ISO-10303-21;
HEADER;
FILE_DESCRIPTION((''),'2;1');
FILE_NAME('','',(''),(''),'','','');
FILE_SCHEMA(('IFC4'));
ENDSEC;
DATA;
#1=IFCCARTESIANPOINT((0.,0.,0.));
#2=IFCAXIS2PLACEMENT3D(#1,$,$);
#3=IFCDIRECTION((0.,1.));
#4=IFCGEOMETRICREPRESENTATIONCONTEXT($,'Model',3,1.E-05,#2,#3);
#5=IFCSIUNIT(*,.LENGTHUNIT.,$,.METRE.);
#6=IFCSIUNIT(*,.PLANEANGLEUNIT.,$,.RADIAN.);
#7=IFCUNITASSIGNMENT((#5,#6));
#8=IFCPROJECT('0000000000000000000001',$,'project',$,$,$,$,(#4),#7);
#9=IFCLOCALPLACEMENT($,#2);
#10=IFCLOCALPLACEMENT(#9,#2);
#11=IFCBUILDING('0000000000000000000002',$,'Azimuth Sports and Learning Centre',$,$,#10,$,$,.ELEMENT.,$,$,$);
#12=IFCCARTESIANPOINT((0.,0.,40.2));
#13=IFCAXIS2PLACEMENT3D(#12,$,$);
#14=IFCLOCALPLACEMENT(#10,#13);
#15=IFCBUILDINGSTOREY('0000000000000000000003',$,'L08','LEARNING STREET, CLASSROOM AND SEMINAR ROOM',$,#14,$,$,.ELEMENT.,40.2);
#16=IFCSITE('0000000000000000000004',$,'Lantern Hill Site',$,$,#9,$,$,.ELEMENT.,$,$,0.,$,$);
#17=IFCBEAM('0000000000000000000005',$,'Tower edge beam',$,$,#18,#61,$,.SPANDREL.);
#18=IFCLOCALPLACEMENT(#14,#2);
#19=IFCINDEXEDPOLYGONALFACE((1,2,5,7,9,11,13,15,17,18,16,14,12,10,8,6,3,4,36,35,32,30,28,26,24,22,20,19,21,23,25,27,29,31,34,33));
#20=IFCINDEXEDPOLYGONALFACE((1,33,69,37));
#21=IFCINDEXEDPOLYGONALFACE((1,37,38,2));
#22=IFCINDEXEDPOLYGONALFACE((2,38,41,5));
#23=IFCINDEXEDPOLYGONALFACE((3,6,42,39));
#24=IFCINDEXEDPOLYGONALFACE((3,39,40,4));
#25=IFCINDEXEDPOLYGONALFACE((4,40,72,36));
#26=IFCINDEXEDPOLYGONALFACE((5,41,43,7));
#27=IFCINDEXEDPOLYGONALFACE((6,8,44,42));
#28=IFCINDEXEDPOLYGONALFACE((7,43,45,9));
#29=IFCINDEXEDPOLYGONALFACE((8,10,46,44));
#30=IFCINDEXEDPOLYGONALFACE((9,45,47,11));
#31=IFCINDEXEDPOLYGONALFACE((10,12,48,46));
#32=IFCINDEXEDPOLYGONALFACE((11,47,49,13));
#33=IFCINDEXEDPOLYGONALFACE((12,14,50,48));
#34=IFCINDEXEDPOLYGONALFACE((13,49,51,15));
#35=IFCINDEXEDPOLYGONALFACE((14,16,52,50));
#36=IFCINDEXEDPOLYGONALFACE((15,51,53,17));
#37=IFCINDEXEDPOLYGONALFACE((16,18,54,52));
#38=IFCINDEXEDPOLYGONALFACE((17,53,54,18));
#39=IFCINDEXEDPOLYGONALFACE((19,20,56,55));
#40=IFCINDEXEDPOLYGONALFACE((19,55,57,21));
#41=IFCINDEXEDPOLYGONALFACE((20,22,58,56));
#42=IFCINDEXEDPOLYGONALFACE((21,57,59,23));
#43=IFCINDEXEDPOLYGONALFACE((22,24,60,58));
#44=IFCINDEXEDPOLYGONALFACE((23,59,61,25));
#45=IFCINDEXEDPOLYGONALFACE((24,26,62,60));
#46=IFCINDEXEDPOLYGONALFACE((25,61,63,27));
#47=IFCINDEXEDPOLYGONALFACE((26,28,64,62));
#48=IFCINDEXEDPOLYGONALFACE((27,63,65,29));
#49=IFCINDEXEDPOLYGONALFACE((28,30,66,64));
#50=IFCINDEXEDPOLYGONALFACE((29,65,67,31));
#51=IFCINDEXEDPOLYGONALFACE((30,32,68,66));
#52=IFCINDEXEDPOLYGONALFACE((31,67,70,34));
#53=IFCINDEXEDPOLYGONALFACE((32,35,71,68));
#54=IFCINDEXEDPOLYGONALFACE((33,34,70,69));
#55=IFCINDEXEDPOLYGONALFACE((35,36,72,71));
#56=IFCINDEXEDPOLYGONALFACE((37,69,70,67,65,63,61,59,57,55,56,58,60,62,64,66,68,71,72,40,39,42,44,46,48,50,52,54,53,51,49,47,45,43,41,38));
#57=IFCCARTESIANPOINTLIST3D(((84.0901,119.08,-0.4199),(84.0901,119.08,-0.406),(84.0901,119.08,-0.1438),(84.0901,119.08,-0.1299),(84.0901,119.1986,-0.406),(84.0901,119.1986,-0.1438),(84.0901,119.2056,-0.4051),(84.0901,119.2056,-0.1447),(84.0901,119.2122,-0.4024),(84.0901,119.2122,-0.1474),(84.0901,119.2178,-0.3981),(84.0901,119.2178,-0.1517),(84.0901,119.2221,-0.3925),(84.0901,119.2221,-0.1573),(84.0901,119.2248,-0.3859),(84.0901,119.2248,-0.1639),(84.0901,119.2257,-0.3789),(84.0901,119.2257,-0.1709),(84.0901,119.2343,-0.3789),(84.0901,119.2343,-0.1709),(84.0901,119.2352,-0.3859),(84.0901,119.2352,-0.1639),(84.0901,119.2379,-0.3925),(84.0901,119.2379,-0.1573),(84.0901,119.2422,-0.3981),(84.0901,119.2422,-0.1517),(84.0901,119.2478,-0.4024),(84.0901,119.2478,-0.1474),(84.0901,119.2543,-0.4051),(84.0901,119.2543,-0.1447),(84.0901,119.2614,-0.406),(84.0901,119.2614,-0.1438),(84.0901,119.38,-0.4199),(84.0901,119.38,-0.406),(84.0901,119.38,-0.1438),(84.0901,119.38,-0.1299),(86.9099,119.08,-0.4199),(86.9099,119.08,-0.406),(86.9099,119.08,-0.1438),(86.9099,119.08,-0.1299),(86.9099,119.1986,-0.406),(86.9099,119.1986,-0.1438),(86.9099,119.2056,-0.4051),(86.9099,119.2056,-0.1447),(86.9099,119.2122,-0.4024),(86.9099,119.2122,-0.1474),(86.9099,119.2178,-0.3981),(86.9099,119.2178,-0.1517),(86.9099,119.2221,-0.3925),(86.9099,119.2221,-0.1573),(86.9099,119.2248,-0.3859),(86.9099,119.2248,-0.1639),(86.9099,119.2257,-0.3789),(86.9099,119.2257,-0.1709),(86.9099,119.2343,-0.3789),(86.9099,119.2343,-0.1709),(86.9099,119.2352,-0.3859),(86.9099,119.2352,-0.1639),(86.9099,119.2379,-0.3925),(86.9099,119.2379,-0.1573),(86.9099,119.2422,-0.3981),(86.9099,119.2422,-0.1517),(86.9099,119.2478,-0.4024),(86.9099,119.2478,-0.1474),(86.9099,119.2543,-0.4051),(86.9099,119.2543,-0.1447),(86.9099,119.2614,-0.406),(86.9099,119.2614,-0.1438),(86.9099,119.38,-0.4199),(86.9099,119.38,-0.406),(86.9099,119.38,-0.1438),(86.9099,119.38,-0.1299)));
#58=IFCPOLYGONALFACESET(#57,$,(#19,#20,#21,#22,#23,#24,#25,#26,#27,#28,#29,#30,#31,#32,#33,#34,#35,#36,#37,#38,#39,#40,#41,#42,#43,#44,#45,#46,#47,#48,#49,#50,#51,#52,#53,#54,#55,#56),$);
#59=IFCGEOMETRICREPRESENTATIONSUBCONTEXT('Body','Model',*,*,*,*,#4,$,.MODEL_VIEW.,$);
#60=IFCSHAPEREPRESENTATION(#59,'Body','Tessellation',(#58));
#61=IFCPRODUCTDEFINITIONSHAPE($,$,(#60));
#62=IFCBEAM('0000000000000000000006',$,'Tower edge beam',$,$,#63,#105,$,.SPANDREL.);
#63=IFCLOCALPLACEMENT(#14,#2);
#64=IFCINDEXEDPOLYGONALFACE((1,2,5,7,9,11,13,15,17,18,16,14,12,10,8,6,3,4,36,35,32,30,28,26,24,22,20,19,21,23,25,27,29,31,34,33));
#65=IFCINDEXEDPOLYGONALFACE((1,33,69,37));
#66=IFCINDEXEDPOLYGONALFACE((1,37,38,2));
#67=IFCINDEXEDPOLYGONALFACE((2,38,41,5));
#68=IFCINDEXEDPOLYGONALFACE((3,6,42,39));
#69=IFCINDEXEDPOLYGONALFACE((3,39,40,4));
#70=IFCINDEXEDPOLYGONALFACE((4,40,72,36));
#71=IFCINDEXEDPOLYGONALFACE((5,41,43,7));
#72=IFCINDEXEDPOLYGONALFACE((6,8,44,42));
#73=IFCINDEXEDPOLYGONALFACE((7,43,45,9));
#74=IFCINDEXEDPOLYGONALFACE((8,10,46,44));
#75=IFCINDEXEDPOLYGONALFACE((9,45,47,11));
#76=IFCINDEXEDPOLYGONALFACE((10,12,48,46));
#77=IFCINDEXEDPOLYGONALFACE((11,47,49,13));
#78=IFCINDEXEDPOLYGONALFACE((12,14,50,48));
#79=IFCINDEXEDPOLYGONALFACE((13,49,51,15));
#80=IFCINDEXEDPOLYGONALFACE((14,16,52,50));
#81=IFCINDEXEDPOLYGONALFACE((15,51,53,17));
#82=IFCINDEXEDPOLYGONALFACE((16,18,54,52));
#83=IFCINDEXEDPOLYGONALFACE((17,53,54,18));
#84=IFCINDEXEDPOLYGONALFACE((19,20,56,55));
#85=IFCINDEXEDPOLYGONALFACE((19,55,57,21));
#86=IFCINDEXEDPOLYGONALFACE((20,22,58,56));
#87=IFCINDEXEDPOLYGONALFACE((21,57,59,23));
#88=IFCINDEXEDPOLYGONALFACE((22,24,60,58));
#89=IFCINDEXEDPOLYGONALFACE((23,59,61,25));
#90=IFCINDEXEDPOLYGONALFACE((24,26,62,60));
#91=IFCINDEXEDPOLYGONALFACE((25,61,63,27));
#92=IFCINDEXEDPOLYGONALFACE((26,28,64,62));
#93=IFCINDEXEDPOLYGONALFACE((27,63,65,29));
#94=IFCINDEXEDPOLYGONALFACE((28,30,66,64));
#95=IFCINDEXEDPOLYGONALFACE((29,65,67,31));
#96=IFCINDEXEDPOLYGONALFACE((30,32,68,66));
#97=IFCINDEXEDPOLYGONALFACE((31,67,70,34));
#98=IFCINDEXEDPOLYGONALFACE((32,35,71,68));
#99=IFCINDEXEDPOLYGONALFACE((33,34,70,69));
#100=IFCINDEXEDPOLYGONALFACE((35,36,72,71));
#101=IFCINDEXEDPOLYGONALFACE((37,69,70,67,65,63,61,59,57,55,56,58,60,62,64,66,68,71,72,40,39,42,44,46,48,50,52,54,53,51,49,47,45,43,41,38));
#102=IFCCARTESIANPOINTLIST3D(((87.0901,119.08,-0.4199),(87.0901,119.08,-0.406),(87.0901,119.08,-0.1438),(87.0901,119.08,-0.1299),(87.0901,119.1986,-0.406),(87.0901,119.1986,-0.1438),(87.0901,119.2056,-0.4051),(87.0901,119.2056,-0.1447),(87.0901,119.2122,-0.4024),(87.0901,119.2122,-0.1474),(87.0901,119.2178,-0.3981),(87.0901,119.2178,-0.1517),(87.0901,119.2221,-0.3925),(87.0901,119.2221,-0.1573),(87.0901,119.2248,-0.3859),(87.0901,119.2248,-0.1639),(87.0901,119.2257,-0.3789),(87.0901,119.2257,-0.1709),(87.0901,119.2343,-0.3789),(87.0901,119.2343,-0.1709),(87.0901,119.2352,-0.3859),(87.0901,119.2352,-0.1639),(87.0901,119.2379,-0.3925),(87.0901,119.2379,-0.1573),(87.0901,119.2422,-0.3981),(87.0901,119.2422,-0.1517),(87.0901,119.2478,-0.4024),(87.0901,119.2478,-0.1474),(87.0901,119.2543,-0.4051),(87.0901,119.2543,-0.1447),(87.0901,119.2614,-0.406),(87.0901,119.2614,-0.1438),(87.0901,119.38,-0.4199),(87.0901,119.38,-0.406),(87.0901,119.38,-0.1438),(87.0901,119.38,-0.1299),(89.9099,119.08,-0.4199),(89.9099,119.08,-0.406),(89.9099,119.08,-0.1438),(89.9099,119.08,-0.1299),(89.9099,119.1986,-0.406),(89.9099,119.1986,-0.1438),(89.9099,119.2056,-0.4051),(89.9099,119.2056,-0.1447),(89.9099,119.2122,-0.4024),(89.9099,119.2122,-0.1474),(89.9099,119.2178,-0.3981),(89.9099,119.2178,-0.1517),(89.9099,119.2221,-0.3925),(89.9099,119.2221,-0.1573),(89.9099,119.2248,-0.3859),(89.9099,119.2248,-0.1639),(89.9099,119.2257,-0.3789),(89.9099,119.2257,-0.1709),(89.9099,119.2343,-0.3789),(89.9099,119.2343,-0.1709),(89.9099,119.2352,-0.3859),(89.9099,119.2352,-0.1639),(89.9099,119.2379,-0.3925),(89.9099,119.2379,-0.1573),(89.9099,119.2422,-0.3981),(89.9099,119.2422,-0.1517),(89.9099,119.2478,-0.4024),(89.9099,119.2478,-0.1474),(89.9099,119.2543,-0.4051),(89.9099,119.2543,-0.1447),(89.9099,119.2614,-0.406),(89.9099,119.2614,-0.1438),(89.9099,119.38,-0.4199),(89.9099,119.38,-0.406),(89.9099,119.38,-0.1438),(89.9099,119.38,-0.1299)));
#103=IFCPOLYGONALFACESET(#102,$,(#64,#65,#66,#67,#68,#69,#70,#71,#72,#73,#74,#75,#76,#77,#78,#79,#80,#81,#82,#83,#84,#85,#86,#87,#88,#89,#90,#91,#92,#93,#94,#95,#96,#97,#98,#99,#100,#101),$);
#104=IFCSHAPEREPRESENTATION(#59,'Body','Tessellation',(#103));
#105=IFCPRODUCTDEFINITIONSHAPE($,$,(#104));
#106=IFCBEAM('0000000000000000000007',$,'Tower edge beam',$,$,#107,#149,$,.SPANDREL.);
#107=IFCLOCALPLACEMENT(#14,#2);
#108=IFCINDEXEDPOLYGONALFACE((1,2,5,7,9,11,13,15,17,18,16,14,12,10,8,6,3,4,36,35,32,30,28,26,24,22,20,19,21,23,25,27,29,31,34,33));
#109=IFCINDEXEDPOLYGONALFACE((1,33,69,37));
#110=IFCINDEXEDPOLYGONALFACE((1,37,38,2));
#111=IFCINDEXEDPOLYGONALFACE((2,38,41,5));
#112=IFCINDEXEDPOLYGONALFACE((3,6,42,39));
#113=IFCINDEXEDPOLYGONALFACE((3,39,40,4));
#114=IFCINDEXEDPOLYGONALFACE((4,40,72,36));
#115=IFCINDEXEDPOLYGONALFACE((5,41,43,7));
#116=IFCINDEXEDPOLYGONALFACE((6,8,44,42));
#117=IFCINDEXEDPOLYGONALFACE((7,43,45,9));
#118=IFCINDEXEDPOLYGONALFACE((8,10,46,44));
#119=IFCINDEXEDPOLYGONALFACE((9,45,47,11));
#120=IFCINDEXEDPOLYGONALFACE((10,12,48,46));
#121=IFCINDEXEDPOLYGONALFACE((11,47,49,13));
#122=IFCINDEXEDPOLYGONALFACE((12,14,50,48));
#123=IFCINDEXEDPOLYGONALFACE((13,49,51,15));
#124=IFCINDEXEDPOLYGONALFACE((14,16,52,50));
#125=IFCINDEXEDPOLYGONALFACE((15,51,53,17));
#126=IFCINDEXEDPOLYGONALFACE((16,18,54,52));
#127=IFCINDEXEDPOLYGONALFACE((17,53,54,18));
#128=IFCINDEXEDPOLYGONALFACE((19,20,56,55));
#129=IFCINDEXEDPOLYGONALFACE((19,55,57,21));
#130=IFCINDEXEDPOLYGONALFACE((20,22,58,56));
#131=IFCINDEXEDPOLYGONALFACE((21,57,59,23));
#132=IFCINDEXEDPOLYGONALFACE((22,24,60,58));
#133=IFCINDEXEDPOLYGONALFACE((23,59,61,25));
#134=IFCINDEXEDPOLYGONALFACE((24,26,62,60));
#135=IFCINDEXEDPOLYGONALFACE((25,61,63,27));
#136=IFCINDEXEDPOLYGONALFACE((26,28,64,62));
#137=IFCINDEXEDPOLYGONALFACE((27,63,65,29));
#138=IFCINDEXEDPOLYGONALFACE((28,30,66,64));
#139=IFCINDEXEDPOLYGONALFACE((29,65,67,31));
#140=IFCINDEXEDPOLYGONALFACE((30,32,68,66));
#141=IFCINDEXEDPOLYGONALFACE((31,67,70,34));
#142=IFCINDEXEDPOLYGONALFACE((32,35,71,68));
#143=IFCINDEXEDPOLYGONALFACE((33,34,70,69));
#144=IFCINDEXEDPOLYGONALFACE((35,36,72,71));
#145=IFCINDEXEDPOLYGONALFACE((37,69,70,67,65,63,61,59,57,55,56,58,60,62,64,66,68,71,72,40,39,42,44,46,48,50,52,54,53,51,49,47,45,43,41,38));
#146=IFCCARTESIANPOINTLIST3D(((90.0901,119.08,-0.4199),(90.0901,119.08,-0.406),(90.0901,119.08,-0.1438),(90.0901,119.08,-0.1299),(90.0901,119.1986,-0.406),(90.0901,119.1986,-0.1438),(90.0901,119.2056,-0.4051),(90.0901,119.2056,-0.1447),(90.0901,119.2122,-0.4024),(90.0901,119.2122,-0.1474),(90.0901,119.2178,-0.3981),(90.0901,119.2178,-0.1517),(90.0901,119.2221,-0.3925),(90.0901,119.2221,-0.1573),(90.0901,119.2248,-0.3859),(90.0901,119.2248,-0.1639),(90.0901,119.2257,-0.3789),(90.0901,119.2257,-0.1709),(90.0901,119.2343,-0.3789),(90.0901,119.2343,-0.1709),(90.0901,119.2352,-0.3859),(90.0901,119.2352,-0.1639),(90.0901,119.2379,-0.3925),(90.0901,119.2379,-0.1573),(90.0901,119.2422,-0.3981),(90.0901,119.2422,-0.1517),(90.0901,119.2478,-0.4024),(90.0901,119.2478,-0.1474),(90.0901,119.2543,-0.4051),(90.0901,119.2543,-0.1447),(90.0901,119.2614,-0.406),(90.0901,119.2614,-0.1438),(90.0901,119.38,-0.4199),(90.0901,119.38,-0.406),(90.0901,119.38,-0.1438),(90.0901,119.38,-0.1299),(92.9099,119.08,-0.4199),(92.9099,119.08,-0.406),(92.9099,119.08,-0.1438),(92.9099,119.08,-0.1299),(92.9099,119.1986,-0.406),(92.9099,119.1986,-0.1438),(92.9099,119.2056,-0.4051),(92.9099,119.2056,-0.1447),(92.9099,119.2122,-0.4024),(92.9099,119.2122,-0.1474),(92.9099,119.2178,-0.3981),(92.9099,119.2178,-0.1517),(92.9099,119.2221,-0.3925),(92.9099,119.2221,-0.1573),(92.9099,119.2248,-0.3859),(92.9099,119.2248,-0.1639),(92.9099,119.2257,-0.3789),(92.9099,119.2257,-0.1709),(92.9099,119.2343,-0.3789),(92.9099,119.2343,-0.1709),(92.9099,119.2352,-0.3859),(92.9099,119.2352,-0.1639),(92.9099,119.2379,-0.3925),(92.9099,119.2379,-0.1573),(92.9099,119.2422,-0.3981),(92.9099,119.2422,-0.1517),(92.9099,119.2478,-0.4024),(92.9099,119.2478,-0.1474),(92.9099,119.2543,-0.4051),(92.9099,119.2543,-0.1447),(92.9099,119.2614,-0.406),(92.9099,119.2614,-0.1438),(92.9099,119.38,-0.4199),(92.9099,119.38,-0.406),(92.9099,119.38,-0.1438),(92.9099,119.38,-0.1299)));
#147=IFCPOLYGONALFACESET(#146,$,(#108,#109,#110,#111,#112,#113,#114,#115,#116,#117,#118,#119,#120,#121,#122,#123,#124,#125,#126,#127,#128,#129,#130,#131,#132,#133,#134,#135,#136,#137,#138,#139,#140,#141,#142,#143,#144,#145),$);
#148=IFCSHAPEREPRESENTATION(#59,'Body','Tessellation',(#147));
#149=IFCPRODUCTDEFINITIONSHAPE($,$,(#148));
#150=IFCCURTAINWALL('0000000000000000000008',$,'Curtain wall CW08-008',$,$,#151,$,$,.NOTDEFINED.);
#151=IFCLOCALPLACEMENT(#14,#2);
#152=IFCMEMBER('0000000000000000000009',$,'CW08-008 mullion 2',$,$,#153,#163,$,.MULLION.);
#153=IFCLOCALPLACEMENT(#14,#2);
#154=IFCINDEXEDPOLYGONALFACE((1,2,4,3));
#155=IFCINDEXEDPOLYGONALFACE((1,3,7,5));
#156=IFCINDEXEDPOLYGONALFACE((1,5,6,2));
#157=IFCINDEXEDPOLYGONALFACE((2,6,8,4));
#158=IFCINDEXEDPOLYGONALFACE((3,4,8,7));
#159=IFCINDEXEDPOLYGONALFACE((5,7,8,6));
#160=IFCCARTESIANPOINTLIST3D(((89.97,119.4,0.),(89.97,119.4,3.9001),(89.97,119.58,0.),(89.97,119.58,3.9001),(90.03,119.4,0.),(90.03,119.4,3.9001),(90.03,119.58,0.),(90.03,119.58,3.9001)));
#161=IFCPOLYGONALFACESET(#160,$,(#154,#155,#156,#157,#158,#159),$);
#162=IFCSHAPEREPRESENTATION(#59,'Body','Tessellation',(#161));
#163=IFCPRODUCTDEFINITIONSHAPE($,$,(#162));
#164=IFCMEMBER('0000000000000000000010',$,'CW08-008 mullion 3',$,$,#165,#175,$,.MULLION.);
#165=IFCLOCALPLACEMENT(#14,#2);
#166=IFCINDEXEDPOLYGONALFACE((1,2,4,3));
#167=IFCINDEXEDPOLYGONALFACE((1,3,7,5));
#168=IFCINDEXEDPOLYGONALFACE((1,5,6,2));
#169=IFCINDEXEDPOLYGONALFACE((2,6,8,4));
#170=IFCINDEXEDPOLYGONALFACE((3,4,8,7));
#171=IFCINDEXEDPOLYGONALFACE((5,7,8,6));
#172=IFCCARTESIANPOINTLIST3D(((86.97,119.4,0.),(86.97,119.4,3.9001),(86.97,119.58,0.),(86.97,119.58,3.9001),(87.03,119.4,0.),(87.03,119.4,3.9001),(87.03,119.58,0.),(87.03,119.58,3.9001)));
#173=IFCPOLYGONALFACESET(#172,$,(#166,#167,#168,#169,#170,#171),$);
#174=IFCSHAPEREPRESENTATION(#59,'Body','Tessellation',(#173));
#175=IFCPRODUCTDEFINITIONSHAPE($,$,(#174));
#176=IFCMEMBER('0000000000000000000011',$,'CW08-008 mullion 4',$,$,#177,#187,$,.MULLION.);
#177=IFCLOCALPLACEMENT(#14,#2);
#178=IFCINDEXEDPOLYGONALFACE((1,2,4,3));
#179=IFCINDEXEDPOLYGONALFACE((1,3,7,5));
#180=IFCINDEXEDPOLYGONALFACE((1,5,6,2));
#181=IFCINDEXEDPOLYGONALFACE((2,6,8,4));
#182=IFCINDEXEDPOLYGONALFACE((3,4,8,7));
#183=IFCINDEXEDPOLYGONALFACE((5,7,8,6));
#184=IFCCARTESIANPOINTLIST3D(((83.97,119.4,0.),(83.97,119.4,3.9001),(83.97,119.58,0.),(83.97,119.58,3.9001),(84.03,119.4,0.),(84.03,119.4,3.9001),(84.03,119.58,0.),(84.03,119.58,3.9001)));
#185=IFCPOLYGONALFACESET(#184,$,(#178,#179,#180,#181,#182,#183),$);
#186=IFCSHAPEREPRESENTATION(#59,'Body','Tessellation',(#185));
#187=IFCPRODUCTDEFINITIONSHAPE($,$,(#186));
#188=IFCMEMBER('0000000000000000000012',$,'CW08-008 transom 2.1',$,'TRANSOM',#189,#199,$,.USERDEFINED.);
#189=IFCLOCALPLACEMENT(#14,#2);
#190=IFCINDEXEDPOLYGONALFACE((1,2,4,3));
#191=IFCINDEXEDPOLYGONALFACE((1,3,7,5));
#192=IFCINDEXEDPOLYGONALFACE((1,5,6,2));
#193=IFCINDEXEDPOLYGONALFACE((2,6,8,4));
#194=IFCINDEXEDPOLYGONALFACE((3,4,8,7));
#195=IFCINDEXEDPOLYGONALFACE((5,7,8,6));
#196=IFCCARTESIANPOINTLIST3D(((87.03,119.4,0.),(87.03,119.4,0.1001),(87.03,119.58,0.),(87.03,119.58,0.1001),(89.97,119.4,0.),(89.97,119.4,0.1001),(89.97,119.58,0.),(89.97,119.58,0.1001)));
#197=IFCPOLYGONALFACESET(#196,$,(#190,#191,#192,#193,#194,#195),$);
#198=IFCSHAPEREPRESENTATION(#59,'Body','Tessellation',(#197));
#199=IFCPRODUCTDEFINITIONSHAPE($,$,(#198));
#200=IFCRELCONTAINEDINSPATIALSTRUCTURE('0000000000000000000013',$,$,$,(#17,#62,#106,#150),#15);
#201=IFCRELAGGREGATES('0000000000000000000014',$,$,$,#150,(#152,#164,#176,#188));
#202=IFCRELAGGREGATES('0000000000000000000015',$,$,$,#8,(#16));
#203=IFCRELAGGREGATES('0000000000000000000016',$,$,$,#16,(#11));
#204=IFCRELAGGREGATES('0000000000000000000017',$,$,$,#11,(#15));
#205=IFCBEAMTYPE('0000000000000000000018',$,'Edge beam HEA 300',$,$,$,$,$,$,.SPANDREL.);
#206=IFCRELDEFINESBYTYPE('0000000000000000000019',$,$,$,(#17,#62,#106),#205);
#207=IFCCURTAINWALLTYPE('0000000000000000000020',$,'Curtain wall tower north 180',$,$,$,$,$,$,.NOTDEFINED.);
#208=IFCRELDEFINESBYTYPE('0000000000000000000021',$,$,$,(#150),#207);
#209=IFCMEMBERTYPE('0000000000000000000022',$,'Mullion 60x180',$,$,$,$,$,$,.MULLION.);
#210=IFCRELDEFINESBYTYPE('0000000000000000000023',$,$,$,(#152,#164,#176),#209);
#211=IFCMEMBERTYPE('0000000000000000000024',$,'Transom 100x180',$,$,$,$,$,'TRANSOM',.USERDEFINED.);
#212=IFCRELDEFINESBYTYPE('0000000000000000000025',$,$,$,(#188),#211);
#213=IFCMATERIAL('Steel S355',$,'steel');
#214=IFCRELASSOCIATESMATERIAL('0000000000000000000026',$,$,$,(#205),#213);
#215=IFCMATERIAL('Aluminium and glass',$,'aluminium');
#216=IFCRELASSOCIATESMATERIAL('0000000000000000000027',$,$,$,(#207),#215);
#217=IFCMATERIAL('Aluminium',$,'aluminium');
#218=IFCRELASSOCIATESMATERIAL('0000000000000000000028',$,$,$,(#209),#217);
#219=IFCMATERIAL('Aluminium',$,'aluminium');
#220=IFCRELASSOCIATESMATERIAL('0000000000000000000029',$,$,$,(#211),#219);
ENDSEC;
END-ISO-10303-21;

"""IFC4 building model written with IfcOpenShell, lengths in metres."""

from ifc_helpers import new_model, si_unit, direction, frame, origin, origin_2d, place, context, subcontext, project, spatial, rectangle, i_section, extrude, material, material_profile, profile_set, type_object, element, aggregate, save


model = new_model("IFC4")

# Units and contexts
model_context = context("Model", 3, precision=1e-05, world=origin(), true_north=direction((0.0, 1.0)))
body_context = subcontext(model_context, "Body", "Model", "MODEL_VIEW")
ifc_project = project(units=[si_unit("LENGTHUNIT", "METRE"), si_unit("PLANEANGLEUNIT", "RADIAN")], contexts=[model_context])

# Site, building, storey
site_placement = place(None, origin())
site = spatial("IfcSite", under=ifc_project, at=site_placement, Name="Lantern Hill Site", CompositionType="ELEMENT", RefElevation=0.0)
building_placement = place(site_placement, origin())
building = spatial("IfcBuilding", under=site, at=building_placement, Name="Azimuth Sports and Learning Centre", CompositionType="ELEMENT")
storey_placement = place(building_placement, frame((0.0, 0.0, 40.2)))
storey = spatial("IfcBuildingStorey", under=building, at=storey_placement, Name="L08", Description="LEARNING STREET, CLASSROOM AND SEMINAR ROOM", CompositionType="ELEMENT", Elevation=40.2)

# Beams
ifc_material_1 = material(Name="Steel S355", Category="steel")
ifc_material_profile_1 = material_profile(ifc_material_1, i_section(OverallWidth=0.3, OverallDepth=0.29, WebThickness=0.0085, FlangeThickness=0.0139, FilletRadius=0.0271, at=origin_2d()), Name="HEA 300")
ifc_profile_set_1 = profile_set([ifc_material_profile_1], Name="Steel S355")
beam_type = type_object("IfcBeamType", Name="Edge beam HEA 300", PredefinedType="SPANDREL", material=ifc_profile_set_1)
for number, where, z_axis, x_axis, name in (
    (1, (84.0901, 119.23, -0.2749), (1.0, 0.0, 0.0), (0.0, 1.0, 0.0), "Tower edge beam"),
    (2, (87.0901, 119.23, -0.2749), (1.0, 0.0, 0.0), (0.0, 1.0, 0.0), "Tower edge beam"),
    (3, (90.0901, 119.23, -0.2749), (1.0, 0.0, 0.0), (0.0, 1.0, 0.0), "Tower edge beam"),
):
    element("IfcBeam", number, at=place(storey_placement, frame(where, z_axis=z_axis, x_axis=x_axis)), inside=storey, type_object=beam_type, Name=name, PredefinedType="SPANDREL", context=body_context, shape_type="SweptSolid", body=[
        extrude(i_section(OverallWidth=0.3, OverallDepth=0.29, WebThickness=0.0085, FlangeThickness=0.0139, FilletRadius=0.0271, at=origin_2d()), origin(), (0.0, 0.0, 1.0), 2.8198),
    ])

# Curtain wall, members
ifc_material_2 = material(Name="Aluminium and glass", Category="aluminium")
curtain_wall_type = type_object("IfcCurtainWallType", Name="Curtain wall tower north 180", PredefinedType="NOTDEFINED", material=ifc_material_2)
curtain_wall_placement = place(storey_placement, origin())
curtain_wall = element("IfcCurtainWall", 4, at=curtain_wall_placement, inside=storey, type_object=curtain_wall_type, Name="Curtain wall CW08-008", PredefinedType="NOTDEFINED")
ifc_material_3 = material(Name="Aluminium", Category="aluminium")
ifc_material_profile_2 = material_profile(ifc_material_3, rectangle(XDim=0.1799, YDim=0.0601, at=origin_2d()), Name="Mullion 60x180")
ifc_profile_set_2 = profile_set([ifc_material_profile_2], Name="Aluminium")
member_type_1 = type_object("IfcMemberType", Name="Mullion 60x180", PredefinedType="MULLION", material=ifc_profile_set_2)
member_1_placement = place(storey_placement, frame((90.0, 119.49, 0.0), z_axis=(0.0, 0.0, 1.0), x_axis=(0.0, -1.0, 0.0)))
member_1 = element("IfcMember", 5, at=member_1_placement, type_object=member_type_1, Name="CW08-008 mullion 2", PredefinedType="MULLION", context=body_context, shape_type="SweptSolid", body=[
    extrude(rectangle(XDim=0.1799, YDim=0.0601, at=origin_2d()), origin(), (0.0, 0.0, 1.0), 3.9001),
])
member_2_placement = place(storey_placement, frame((87.0, 119.49, 0.0), z_axis=(0.0, 0.0, 1.0), x_axis=(0.0, -1.0, 0.0)))
member_2 = element("IfcMember", 6, at=member_2_placement, type_object=member_type_1, Name="CW08-008 mullion 3", PredefinedType="MULLION", context=body_context, shape_type="SweptSolid", body=[
    extrude(rectangle(XDim=0.1799, YDim=0.0601, at=origin_2d()), origin(), (0.0, 0.0, 1.0), 3.9001),
])
member_3_placement = place(storey_placement, frame((84.0, 119.49, 0.0), z_axis=(0.0, 0.0, 1.0), x_axis=(0.0, -1.0, 0.0)))
member_3 = element("IfcMember", 7, at=member_3_placement, type_object=member_type_1, Name="CW08-008 mullion 4", PredefinedType="MULLION", context=body_context, shape_type="SweptSolid", body=[
    extrude(rectangle(XDim=0.1799, YDim=0.0601, at=origin_2d()), origin(), (0.0, 0.0, 1.0), 3.9001),
])
ifc_material_4 = material(Name="Aluminium", Category="aluminium")
ifc_material_profile_3 = material_profile(ifc_material_4, rectangle(XDim=0.1799, YDim=0.1001, at=origin_2d()), Name="Transom 100x180")
ifc_profile_set_3 = profile_set([ifc_material_profile_3], Name="Aluminium")
member_type_2 = type_object("IfcMemberType", Name="Transom 100x180", ElementType="TRANSOM", PredefinedType="USERDEFINED", material=ifc_profile_set_3)
member_4_placement = place(storey_placement, frame((89.97, 119.49, 0.05), z_axis=(-1.0, 0.0, 0.0), x_axis=(0.0, -1.0, 0.0)))
member_4 = element("IfcMember", 8, at=member_4_placement, type_object=member_type_2, Name="CW08-008 transom 2.1", ObjectType="TRANSOM", PredefinedType="USERDEFINED", context=body_context, shape_type="SweptSolid", body=[
    extrude(rectangle(XDim=0.1799, YDim=0.1001, at=origin_2d()), origin(), (0.0, 0.0, 1.0), 2.9399),
])
aggregate(curtain_wall, [member_1, member_2, member_3, member_4])

save(model, "model.ifc")
